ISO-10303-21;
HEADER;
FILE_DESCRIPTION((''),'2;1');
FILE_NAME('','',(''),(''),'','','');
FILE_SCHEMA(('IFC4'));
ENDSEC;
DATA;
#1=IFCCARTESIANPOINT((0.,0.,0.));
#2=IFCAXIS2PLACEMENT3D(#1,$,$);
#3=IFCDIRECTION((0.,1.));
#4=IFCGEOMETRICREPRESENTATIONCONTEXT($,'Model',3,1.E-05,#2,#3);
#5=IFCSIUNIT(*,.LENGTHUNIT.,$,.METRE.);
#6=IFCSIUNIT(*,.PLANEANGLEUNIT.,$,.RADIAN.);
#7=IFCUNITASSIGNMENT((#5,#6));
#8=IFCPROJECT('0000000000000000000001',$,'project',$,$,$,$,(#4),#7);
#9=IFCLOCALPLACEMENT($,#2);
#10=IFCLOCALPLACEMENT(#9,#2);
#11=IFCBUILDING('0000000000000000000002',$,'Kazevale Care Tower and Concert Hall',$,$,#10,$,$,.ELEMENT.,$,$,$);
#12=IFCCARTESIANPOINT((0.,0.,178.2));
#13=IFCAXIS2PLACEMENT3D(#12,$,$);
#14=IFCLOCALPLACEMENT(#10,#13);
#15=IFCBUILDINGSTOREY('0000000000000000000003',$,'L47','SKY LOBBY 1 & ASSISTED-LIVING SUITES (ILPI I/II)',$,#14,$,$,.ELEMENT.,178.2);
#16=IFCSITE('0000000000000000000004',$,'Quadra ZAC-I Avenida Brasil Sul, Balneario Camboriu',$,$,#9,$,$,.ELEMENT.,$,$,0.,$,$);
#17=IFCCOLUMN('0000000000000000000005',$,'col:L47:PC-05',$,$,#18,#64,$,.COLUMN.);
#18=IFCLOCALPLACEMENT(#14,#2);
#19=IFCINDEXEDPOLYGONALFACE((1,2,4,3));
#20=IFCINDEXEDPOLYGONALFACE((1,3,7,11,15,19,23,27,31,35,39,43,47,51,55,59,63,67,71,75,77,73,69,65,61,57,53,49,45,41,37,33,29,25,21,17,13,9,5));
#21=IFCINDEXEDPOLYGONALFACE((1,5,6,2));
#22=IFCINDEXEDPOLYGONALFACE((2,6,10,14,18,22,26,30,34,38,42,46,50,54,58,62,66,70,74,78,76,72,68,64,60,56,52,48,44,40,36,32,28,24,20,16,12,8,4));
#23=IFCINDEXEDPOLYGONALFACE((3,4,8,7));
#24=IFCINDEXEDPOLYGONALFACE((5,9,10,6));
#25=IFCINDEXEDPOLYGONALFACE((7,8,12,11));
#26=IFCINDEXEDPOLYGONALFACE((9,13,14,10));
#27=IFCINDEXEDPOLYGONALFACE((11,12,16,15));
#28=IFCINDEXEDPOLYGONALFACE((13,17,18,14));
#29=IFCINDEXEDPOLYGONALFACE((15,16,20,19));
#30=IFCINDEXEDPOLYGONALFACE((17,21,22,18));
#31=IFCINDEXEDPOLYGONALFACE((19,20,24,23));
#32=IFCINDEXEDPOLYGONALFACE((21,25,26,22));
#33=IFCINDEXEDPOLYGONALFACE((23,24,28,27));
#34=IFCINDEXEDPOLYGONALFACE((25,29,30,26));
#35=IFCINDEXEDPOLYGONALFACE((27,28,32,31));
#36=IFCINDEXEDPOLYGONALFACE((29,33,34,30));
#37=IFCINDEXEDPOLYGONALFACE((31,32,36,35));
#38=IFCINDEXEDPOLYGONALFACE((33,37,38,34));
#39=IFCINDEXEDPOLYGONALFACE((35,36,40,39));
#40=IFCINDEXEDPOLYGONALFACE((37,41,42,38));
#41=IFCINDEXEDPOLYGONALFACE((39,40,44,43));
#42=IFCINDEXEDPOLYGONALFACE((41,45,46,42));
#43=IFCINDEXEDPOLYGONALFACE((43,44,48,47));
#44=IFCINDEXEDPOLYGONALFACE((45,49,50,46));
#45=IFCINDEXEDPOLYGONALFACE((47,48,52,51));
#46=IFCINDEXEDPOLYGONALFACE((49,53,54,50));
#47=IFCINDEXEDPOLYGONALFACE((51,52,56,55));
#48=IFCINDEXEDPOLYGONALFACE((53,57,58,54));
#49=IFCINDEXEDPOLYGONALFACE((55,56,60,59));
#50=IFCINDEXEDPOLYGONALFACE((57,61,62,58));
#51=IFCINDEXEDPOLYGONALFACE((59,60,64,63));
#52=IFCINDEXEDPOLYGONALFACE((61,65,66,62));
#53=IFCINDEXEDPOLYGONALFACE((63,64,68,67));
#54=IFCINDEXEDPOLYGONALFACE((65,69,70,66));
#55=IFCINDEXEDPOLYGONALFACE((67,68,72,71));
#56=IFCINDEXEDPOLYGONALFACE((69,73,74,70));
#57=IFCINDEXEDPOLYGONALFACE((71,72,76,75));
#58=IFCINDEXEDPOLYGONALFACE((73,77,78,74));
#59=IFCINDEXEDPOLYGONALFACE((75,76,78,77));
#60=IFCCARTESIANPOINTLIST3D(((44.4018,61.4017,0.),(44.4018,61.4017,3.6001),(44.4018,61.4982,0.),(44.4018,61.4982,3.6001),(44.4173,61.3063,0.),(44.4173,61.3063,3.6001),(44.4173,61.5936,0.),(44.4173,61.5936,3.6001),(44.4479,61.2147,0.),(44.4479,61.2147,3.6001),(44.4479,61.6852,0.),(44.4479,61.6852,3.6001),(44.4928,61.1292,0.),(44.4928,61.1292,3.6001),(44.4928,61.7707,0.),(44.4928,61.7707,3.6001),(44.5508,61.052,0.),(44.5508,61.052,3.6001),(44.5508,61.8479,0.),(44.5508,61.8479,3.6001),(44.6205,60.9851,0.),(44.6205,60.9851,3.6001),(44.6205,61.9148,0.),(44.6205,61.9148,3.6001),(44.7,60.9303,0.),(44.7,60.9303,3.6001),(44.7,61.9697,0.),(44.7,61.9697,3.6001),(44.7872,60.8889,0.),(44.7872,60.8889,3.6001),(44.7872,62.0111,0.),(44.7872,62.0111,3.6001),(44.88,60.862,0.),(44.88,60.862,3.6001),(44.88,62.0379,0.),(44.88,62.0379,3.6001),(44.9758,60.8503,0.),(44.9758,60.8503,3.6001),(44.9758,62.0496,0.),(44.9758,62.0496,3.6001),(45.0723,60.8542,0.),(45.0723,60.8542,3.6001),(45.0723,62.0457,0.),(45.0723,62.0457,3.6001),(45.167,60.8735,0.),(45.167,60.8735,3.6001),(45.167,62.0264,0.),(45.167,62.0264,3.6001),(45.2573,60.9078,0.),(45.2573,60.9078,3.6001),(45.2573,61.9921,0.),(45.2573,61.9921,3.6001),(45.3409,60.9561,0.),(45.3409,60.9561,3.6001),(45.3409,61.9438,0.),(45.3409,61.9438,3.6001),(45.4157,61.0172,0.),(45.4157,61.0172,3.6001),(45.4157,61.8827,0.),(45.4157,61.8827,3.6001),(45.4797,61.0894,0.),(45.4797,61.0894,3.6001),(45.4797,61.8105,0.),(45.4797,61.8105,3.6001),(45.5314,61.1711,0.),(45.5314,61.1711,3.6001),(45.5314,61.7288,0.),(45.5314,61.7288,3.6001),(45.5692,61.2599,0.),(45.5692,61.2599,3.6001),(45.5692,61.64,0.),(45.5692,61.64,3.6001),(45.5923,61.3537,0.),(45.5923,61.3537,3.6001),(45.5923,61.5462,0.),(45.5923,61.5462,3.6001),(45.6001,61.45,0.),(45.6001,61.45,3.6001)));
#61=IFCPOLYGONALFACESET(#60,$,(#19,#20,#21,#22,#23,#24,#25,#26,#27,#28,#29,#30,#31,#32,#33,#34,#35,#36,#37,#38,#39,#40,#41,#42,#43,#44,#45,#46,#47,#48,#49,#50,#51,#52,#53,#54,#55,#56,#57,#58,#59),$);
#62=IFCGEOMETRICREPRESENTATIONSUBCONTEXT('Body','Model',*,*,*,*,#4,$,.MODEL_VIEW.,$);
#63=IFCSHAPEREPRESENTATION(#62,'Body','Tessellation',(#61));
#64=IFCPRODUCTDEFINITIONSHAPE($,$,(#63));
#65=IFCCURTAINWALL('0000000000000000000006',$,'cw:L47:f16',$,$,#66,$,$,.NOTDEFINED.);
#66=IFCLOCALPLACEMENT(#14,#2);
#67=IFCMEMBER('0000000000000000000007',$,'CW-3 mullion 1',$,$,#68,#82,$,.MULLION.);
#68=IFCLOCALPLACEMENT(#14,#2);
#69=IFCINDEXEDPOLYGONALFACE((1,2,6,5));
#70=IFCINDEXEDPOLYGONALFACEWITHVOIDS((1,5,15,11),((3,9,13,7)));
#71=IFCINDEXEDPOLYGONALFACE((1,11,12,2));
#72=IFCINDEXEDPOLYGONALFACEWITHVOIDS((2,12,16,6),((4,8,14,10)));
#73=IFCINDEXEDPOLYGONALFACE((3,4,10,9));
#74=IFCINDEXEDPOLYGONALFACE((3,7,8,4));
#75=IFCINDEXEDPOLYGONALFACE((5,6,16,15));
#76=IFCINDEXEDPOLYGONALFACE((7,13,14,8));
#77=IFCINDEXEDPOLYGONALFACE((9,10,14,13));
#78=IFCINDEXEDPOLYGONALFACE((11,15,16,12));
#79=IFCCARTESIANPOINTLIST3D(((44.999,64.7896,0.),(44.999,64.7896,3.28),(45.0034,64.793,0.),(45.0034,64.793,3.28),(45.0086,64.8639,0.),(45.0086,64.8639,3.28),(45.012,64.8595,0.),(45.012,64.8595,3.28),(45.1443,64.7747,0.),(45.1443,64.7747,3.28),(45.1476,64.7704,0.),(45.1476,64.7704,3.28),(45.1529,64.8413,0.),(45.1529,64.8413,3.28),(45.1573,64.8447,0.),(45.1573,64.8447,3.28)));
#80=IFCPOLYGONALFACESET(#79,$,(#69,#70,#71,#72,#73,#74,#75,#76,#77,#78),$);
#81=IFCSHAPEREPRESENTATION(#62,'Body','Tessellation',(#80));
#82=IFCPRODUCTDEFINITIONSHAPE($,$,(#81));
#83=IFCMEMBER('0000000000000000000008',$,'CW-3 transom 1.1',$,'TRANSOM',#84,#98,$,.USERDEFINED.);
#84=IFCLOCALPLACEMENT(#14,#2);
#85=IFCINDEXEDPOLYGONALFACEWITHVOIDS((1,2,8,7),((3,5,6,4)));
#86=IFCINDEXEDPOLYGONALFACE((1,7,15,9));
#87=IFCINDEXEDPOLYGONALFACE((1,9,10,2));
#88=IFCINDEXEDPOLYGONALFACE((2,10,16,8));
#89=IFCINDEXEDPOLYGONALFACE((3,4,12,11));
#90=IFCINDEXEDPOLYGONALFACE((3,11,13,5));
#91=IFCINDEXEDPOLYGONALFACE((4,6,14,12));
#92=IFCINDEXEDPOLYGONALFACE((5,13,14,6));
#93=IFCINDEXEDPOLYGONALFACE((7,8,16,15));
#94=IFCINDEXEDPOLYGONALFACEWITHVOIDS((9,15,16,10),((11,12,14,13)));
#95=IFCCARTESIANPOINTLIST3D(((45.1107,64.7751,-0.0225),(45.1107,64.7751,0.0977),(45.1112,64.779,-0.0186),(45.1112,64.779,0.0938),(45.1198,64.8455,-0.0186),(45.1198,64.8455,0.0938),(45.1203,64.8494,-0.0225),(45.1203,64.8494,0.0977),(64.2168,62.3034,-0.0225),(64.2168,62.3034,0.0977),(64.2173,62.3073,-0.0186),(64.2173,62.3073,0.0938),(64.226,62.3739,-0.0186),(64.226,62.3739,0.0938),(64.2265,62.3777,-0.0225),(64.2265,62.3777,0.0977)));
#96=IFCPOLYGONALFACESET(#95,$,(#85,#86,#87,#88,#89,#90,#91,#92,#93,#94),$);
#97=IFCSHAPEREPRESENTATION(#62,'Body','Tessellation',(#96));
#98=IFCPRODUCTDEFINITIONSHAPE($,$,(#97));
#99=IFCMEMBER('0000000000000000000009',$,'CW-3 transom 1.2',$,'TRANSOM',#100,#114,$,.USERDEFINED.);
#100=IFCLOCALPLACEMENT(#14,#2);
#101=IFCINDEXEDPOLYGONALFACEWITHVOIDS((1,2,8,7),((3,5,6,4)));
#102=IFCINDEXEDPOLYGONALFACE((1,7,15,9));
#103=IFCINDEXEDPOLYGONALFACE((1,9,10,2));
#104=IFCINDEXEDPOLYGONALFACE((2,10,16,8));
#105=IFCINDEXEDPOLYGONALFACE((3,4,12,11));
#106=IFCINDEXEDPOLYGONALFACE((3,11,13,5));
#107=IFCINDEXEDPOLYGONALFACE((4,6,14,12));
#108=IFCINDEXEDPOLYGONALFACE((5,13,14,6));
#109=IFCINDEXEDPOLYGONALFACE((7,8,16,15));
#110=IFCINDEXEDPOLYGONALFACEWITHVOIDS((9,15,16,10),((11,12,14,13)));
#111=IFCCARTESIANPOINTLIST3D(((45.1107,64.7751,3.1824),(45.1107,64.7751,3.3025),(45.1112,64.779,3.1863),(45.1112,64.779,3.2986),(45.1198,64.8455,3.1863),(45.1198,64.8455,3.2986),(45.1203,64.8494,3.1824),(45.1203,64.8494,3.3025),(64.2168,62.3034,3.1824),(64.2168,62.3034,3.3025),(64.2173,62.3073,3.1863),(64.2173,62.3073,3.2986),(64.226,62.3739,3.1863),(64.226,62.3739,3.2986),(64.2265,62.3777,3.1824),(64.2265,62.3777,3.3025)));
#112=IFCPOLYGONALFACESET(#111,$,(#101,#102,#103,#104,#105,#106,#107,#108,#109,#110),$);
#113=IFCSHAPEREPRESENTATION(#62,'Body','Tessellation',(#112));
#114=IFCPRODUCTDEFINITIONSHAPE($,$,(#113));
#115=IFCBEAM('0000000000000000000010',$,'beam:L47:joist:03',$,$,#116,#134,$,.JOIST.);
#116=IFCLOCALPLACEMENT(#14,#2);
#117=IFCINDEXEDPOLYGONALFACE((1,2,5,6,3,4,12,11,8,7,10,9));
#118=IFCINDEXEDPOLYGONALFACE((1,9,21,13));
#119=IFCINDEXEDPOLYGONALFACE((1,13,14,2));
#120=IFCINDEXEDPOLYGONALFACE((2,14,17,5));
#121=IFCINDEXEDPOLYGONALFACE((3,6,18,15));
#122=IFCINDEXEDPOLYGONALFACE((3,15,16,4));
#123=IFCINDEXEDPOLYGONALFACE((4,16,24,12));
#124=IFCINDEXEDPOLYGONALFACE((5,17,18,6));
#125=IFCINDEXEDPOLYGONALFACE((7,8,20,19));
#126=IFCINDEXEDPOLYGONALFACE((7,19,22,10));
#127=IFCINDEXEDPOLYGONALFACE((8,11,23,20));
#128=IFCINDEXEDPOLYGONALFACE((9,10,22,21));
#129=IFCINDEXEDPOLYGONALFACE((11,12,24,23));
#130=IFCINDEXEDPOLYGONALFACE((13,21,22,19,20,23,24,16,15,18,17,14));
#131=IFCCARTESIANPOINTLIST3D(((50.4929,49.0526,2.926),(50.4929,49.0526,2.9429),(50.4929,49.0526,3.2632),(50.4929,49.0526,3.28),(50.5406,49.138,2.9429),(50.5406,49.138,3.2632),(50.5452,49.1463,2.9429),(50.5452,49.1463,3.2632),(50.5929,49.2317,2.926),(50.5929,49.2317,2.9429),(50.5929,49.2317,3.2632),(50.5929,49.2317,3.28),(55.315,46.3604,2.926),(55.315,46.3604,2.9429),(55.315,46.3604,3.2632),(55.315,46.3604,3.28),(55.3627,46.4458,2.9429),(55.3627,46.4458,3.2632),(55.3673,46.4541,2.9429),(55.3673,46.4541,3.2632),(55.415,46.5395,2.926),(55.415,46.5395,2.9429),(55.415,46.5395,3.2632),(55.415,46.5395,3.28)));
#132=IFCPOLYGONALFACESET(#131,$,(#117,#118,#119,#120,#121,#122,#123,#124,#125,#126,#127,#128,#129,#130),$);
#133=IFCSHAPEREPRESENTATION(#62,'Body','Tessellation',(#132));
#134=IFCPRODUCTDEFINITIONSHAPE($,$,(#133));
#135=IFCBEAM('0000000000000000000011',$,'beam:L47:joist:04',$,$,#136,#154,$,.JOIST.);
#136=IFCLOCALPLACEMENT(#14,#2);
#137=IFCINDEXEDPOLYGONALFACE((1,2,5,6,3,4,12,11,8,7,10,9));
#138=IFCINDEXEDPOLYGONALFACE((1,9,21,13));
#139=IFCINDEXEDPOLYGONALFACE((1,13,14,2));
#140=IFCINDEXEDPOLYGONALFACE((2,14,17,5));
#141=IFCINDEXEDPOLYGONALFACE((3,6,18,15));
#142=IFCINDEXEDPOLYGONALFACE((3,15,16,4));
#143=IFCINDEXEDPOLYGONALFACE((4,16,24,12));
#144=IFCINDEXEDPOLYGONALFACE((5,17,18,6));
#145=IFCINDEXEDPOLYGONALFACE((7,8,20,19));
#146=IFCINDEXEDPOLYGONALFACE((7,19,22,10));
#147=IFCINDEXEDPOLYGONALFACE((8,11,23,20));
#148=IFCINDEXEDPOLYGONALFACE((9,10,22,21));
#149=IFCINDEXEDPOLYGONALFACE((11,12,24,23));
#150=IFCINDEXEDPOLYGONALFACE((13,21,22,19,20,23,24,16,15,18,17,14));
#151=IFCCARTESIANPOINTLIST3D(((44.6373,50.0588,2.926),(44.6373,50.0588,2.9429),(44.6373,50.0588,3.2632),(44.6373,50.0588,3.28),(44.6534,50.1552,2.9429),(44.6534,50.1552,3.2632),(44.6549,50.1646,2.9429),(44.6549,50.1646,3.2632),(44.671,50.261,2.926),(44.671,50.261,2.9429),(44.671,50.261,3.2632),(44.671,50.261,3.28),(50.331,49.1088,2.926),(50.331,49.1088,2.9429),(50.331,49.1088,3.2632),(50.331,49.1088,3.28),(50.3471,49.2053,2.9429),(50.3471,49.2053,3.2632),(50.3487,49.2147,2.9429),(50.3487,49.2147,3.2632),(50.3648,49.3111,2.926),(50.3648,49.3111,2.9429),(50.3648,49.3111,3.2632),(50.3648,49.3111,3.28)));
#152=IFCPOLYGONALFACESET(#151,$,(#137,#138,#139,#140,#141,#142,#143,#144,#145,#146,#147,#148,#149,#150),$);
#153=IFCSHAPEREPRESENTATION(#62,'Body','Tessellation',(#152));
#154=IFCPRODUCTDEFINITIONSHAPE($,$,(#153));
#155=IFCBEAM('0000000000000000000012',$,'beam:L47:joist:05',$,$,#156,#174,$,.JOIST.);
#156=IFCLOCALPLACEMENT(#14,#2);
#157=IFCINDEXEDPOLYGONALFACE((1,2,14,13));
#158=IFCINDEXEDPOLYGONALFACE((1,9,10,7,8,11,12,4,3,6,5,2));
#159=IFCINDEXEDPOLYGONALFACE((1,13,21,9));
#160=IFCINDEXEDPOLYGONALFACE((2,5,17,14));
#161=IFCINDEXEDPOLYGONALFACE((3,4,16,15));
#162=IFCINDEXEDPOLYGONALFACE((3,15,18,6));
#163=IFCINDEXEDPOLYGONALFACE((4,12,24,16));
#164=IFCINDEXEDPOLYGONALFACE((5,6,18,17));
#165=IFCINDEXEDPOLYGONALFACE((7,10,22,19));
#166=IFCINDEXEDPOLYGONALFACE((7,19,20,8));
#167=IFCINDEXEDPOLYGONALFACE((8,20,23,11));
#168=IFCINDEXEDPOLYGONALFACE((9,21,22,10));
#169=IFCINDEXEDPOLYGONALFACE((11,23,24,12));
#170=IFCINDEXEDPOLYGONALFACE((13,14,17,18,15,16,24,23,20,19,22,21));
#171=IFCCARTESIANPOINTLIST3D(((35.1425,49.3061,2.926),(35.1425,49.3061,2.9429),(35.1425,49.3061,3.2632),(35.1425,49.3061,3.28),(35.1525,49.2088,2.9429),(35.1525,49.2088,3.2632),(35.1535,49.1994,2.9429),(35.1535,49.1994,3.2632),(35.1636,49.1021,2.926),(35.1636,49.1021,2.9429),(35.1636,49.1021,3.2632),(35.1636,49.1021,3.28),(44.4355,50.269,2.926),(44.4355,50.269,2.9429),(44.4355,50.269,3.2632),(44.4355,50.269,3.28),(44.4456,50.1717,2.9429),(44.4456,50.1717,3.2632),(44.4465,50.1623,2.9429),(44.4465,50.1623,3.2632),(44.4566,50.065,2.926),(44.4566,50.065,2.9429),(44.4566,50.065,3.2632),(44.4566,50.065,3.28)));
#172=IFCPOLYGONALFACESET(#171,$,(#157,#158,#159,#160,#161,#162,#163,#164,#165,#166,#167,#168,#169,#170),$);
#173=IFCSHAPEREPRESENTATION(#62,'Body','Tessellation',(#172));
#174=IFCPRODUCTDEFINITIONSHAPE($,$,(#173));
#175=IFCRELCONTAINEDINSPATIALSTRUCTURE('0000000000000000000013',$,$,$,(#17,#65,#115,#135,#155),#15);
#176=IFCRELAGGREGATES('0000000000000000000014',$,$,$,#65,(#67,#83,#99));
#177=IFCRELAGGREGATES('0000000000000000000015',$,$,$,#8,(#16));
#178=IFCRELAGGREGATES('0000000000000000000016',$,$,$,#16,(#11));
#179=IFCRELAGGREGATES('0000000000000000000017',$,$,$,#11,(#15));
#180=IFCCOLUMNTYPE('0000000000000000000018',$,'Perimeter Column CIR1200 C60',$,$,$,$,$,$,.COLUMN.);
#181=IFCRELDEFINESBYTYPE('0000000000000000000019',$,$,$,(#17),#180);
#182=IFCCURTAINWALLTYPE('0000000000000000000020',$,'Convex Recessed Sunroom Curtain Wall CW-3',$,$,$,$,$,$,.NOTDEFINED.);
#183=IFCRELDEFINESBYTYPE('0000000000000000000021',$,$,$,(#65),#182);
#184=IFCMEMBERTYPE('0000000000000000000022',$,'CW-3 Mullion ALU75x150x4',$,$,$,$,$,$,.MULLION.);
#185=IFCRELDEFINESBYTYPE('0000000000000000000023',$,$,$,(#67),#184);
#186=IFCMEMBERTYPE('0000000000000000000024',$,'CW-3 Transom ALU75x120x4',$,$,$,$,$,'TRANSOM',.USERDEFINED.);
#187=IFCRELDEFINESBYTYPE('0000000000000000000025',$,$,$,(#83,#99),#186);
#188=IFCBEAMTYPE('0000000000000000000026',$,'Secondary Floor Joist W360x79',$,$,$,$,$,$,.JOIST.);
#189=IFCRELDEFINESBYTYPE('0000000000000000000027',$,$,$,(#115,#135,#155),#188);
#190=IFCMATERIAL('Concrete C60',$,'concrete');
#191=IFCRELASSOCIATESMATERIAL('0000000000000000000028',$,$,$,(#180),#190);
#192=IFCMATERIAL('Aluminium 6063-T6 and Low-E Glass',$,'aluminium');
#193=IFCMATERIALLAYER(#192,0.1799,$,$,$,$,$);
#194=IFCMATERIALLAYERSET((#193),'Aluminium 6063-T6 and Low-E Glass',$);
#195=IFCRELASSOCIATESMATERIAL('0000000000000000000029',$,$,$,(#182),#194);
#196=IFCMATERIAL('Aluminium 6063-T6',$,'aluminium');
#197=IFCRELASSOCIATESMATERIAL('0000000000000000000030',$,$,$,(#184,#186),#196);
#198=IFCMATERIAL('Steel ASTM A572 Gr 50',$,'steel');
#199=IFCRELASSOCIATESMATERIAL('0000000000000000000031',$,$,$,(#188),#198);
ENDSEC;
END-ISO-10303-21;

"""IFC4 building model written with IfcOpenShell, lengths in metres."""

from ifc_helpers import new_model, si_unit, direction, frame, origin, origin_2d, place, context, subcontext, project, spatial, hollow_rectangle, circle, i_section, extrude, material, layer, layer_set, material_profile, profile_set, type_object, element, aggregate, save


model = new_model("IFC4")

# Units and contexts
model_context = context("Model", 3, precision=1e-05, world=origin(), true_north=direction((0.0, 1.0)))
body_context = subcontext(model_context, "Body", "Model", "MODEL_VIEW")
ifc_project = project(units=[si_unit("LENGTHUNIT", "METRE"), si_unit("PLANEANGLEUNIT", "RADIAN")], contexts=[model_context])

# Site, building, storey
site_placement = place(None, origin())
site = spatial("IfcSite", under=ifc_project, at=site_placement, Name="Quadra ZAC-I Avenida Brasil Sul, Balneario Camboriu", CompositionType="ELEMENT", RefElevation=0.0)
building_placement = place(site_placement, origin())
building = spatial("IfcBuilding", under=site, at=building_placement, Name="Kazevale Care Tower and Concert Hall", CompositionType="ELEMENT")
storey_placement = place(building_placement, frame((0.0, 0.0, 178.2)))
storey = spatial("IfcBuildingStorey", under=building, at=storey_placement, Name="L47", Description="SKY LOBBY 1 & ASSISTED-LIVING SUITES (ILPI I/II)", CompositionType="ELEMENT", Elevation=178.2)

# Column
ifc_material_1 = material(Name="Concrete C60", Category="concrete")
ifc_material_profile_1 = material_profile(ifc_material_1, circle(Radius=0.6001, at=origin_2d()), Name="RC-CIR1200")
ifc_profile_set_1 = profile_set([ifc_material_profile_1], Name="Concrete C60")
column_type = type_object("IfcColumnType", Name="Perimeter Column CIR1200 C60", PredefinedType="COLUMN", material=ifc_profile_set_1)
column_placement = place(storey_placement, frame((45.0, 61.45, 0.0), z_axis=(0.0, 0.0, 1.0), x_axis=(1.0, 0.0, 0.0)))
element("IfcColumn", 1, at=column_placement, inside=storey, type_object=column_type, Name="col:L47:PC-05", PredefinedType="COLUMN", context=body_context, shape_type="SweptSolid", body=[
    extrude(circle(Radius=0.6001, at=origin_2d()), origin(), (0.0, 0.0, 1.0), 3.6001),
])

# Curtain wall, members
ifc_material_2 = material(Name="Aluminium 6063-T6 and Low-E Glass", Category="aluminium")
ifc_layer_1 = layer(ifc_material_2, 0.1799)
ifc_layer_set_1 = layer_set([ifc_layer_1], Name="Aluminium 6063-T6 and Low-E Glass")
curtain_wall_type = type_object("IfcCurtainWallType", Name="Convex Recessed Sunroom Curtain Wall CW-3", PredefinedType="NOTDEFINED", material=ifc_layer_set_1)
curtain_wall_placement = place(storey_placement, origin())
curtain_wall = element("IfcCurtainWall", 2, at=curtain_wall_placement, inside=storey, type_object=curtain_wall_type, Name="cw:L47:f16", PredefinedType="NOTDEFINED")
ifc_material_3 = material(Name="Aluminium 6063-T6", Category="aluminium")
ifc_material_profile_2 = material_profile(ifc_material_3, hollow_rectangle(XDim=0.075, YDim=0.1499, WallThickness=0.0039, at=origin_2d()), Name="ALU75x150x4")
ifc_profile_set_2 = profile_set([ifc_material_profile_2], Name="Aluminium 6063-T6")
member_type_1 = type_object("IfcMemberType", Name="CW-3 Mullion ALU75x150x4", PredefinedType="MULLION", material=ifc_profile_set_2)
member_1_placement = place(storey_placement, frame((45.0781, 64.8171, 0.0), z_axis=(0.0, 0.0, 1.0), x_axis=(0.1283, 0.991735, 0.0)))
member_1 = element("IfcMember", 3, at=member_1_placement, type_object=member_type_1, Name="CW-3 mullion 1", PredefinedType="MULLION", context=body_context, shape_type="SweptSolid", body=[
    extrude(hollow_rectangle(XDim=0.075, YDim=0.1499, WallThickness=0.0039, at=origin_2d()), origin(), (0.0, 0.0, 1.0), 3.28),
])
ifc_material_profile_3 = material_profile(ifc_material_3, hollow_rectangle(XDim=0.075, YDim=0.1201, WallThickness=0.0039, at=origin_2d()), Name="ALU75x120x4")
ifc_profile_set_3 = profile_set([ifc_material_profile_3], Name="Aluminium 6063-T6")
member_type_2 = type_object("IfcMemberType", Name="CW-3 Transom ALU75x120x4", ElementType="TRANSOM", PredefinedType="USERDEFINED", material=ifc_profile_set_3)
member_2_placement = place(storey_placement, frame((45.1155, 64.8123, 0.0376), z_axis=(0.991736, -0.128296, 0.0), x_axis=(0.128296, 0.991736, 0.0)))
member_2 = element("IfcMember", 4, at=member_2_placement, type_object=member_type_2, Name="CW-3 transom 1.1", ObjectType="TRANSOM", PredefinedType="USERDEFINED", context=body_context, shape_type="SweptSolid", body=[
    extrude(hollow_rectangle(XDim=0.075, YDim=0.1201, WallThickness=0.0039, at=origin_2d()), origin(), (0.0, 0.0, 1.0), 19.2654),
])
member_3_placement = place(storey_placement, frame((45.1155, 64.8123, 3.2424), z_axis=(0.991736, -0.128296, 0.0), x_axis=(0.128296, 0.991736, 0.0)))
member_3 = element("IfcMember", 5, at=member_3_placement, type_object=member_type_2, Name="CW-3 transom 1.2", ObjectType="TRANSOM", PredefinedType="USERDEFINED", context=body_context, shape_type="SweptSolid", body=[
    extrude(hollow_rectangle(XDim=0.075, YDim=0.1201, WallThickness=0.0039, at=origin_2d()), origin(), (0.0, 0.0, 1.0), 19.2654),
])

# Beams
ifc_material_4 = material(Name="Steel ASTM A572 Gr 50", Category="steel")
ifc_material_profile_4 = material_profile(ifc_material_4, i_section(OverallWidth=0.2051, OverallDepth=0.354, WebThickness=0.0095, FlangeThickness=0.0168, at=origin_2d()), Name="W360x79")
ifc_profile_set_4 = profile_set([ifc_material_profile_4], Name="Steel ASTM A572 Gr 50")
beam_type_1 = type_object("IfcBeamType", Name="Secondary Floor Joist W360x79", PredefinedType="JOIST", material=ifc_profile_set_4)
beam_1_placement = place(storey_placement, frame((55.365, 46.45, 3.103), z_axis=(-0.873138, 0.487474, 0.0), x_axis=(-0.487474, -0.873138, 0.0)))
element("IfcBeam", 6, at=beam_1_placement, inside=storey, type_object=beam_type_1, Name="beam:L47:joist:03", PredefinedType="JOIST", context=body_context, shape_type="SweptSolid", body=[
    extrude(i_section(OverallWidth=0.2051, OverallDepth=0.354, WebThickness=0.0095, FlangeThickness=0.0168, at=origin_2d()), origin(), (0.0, 0.0, 1.0), 5.5227),
])
beam_2_placement = place(storey_placement, frame((50.3479, 49.21, 3.103), z_axis=(-0.986366, 0.164564, 0.0), x_axis=(-0.164564, -0.986366, 0.0)))
element("IfcBeam", 7, at=beam_2_placement, inside=storey, type_object=beam_type_1, Name="beam:L47:joist:04", PredefinedType="JOIST", context=body_context, shape_type="SweptSolid", body=[
    extrude(i_section(OverallWidth=0.2051, OverallDepth=0.354, WebThickness=0.0095, FlangeThickness=0.0168, at=origin_2d()), origin(), (0.0, 0.0, 1.0), 5.7725),
])
beam_3_placement = place(storey_placement, frame((44.446, 50.167, 3.103), z_axis=(-0.994675, -0.103063, 0.0), x_axis=(0.103063, -0.994675, 0.0)))
element("IfcBeam", 8, at=beam_3_placement, inside=storey, type_object=beam_type_1, Name="beam:L47:joist:05", PredefinedType="JOIST", context=body_context, shape_type="SweptSolid", body=[
    extrude(i_section(OverallWidth=0.2051, OverallDepth=0.354, WebThickness=0.0095, FlangeThickness=0.0168, at=origin_2d()), origin(), (0.0, 0.0, 1.0), 9.3428),
])

aggregate(curtain_wall, [member_1, member_2, member_3])

save(model, "model.ifc")
